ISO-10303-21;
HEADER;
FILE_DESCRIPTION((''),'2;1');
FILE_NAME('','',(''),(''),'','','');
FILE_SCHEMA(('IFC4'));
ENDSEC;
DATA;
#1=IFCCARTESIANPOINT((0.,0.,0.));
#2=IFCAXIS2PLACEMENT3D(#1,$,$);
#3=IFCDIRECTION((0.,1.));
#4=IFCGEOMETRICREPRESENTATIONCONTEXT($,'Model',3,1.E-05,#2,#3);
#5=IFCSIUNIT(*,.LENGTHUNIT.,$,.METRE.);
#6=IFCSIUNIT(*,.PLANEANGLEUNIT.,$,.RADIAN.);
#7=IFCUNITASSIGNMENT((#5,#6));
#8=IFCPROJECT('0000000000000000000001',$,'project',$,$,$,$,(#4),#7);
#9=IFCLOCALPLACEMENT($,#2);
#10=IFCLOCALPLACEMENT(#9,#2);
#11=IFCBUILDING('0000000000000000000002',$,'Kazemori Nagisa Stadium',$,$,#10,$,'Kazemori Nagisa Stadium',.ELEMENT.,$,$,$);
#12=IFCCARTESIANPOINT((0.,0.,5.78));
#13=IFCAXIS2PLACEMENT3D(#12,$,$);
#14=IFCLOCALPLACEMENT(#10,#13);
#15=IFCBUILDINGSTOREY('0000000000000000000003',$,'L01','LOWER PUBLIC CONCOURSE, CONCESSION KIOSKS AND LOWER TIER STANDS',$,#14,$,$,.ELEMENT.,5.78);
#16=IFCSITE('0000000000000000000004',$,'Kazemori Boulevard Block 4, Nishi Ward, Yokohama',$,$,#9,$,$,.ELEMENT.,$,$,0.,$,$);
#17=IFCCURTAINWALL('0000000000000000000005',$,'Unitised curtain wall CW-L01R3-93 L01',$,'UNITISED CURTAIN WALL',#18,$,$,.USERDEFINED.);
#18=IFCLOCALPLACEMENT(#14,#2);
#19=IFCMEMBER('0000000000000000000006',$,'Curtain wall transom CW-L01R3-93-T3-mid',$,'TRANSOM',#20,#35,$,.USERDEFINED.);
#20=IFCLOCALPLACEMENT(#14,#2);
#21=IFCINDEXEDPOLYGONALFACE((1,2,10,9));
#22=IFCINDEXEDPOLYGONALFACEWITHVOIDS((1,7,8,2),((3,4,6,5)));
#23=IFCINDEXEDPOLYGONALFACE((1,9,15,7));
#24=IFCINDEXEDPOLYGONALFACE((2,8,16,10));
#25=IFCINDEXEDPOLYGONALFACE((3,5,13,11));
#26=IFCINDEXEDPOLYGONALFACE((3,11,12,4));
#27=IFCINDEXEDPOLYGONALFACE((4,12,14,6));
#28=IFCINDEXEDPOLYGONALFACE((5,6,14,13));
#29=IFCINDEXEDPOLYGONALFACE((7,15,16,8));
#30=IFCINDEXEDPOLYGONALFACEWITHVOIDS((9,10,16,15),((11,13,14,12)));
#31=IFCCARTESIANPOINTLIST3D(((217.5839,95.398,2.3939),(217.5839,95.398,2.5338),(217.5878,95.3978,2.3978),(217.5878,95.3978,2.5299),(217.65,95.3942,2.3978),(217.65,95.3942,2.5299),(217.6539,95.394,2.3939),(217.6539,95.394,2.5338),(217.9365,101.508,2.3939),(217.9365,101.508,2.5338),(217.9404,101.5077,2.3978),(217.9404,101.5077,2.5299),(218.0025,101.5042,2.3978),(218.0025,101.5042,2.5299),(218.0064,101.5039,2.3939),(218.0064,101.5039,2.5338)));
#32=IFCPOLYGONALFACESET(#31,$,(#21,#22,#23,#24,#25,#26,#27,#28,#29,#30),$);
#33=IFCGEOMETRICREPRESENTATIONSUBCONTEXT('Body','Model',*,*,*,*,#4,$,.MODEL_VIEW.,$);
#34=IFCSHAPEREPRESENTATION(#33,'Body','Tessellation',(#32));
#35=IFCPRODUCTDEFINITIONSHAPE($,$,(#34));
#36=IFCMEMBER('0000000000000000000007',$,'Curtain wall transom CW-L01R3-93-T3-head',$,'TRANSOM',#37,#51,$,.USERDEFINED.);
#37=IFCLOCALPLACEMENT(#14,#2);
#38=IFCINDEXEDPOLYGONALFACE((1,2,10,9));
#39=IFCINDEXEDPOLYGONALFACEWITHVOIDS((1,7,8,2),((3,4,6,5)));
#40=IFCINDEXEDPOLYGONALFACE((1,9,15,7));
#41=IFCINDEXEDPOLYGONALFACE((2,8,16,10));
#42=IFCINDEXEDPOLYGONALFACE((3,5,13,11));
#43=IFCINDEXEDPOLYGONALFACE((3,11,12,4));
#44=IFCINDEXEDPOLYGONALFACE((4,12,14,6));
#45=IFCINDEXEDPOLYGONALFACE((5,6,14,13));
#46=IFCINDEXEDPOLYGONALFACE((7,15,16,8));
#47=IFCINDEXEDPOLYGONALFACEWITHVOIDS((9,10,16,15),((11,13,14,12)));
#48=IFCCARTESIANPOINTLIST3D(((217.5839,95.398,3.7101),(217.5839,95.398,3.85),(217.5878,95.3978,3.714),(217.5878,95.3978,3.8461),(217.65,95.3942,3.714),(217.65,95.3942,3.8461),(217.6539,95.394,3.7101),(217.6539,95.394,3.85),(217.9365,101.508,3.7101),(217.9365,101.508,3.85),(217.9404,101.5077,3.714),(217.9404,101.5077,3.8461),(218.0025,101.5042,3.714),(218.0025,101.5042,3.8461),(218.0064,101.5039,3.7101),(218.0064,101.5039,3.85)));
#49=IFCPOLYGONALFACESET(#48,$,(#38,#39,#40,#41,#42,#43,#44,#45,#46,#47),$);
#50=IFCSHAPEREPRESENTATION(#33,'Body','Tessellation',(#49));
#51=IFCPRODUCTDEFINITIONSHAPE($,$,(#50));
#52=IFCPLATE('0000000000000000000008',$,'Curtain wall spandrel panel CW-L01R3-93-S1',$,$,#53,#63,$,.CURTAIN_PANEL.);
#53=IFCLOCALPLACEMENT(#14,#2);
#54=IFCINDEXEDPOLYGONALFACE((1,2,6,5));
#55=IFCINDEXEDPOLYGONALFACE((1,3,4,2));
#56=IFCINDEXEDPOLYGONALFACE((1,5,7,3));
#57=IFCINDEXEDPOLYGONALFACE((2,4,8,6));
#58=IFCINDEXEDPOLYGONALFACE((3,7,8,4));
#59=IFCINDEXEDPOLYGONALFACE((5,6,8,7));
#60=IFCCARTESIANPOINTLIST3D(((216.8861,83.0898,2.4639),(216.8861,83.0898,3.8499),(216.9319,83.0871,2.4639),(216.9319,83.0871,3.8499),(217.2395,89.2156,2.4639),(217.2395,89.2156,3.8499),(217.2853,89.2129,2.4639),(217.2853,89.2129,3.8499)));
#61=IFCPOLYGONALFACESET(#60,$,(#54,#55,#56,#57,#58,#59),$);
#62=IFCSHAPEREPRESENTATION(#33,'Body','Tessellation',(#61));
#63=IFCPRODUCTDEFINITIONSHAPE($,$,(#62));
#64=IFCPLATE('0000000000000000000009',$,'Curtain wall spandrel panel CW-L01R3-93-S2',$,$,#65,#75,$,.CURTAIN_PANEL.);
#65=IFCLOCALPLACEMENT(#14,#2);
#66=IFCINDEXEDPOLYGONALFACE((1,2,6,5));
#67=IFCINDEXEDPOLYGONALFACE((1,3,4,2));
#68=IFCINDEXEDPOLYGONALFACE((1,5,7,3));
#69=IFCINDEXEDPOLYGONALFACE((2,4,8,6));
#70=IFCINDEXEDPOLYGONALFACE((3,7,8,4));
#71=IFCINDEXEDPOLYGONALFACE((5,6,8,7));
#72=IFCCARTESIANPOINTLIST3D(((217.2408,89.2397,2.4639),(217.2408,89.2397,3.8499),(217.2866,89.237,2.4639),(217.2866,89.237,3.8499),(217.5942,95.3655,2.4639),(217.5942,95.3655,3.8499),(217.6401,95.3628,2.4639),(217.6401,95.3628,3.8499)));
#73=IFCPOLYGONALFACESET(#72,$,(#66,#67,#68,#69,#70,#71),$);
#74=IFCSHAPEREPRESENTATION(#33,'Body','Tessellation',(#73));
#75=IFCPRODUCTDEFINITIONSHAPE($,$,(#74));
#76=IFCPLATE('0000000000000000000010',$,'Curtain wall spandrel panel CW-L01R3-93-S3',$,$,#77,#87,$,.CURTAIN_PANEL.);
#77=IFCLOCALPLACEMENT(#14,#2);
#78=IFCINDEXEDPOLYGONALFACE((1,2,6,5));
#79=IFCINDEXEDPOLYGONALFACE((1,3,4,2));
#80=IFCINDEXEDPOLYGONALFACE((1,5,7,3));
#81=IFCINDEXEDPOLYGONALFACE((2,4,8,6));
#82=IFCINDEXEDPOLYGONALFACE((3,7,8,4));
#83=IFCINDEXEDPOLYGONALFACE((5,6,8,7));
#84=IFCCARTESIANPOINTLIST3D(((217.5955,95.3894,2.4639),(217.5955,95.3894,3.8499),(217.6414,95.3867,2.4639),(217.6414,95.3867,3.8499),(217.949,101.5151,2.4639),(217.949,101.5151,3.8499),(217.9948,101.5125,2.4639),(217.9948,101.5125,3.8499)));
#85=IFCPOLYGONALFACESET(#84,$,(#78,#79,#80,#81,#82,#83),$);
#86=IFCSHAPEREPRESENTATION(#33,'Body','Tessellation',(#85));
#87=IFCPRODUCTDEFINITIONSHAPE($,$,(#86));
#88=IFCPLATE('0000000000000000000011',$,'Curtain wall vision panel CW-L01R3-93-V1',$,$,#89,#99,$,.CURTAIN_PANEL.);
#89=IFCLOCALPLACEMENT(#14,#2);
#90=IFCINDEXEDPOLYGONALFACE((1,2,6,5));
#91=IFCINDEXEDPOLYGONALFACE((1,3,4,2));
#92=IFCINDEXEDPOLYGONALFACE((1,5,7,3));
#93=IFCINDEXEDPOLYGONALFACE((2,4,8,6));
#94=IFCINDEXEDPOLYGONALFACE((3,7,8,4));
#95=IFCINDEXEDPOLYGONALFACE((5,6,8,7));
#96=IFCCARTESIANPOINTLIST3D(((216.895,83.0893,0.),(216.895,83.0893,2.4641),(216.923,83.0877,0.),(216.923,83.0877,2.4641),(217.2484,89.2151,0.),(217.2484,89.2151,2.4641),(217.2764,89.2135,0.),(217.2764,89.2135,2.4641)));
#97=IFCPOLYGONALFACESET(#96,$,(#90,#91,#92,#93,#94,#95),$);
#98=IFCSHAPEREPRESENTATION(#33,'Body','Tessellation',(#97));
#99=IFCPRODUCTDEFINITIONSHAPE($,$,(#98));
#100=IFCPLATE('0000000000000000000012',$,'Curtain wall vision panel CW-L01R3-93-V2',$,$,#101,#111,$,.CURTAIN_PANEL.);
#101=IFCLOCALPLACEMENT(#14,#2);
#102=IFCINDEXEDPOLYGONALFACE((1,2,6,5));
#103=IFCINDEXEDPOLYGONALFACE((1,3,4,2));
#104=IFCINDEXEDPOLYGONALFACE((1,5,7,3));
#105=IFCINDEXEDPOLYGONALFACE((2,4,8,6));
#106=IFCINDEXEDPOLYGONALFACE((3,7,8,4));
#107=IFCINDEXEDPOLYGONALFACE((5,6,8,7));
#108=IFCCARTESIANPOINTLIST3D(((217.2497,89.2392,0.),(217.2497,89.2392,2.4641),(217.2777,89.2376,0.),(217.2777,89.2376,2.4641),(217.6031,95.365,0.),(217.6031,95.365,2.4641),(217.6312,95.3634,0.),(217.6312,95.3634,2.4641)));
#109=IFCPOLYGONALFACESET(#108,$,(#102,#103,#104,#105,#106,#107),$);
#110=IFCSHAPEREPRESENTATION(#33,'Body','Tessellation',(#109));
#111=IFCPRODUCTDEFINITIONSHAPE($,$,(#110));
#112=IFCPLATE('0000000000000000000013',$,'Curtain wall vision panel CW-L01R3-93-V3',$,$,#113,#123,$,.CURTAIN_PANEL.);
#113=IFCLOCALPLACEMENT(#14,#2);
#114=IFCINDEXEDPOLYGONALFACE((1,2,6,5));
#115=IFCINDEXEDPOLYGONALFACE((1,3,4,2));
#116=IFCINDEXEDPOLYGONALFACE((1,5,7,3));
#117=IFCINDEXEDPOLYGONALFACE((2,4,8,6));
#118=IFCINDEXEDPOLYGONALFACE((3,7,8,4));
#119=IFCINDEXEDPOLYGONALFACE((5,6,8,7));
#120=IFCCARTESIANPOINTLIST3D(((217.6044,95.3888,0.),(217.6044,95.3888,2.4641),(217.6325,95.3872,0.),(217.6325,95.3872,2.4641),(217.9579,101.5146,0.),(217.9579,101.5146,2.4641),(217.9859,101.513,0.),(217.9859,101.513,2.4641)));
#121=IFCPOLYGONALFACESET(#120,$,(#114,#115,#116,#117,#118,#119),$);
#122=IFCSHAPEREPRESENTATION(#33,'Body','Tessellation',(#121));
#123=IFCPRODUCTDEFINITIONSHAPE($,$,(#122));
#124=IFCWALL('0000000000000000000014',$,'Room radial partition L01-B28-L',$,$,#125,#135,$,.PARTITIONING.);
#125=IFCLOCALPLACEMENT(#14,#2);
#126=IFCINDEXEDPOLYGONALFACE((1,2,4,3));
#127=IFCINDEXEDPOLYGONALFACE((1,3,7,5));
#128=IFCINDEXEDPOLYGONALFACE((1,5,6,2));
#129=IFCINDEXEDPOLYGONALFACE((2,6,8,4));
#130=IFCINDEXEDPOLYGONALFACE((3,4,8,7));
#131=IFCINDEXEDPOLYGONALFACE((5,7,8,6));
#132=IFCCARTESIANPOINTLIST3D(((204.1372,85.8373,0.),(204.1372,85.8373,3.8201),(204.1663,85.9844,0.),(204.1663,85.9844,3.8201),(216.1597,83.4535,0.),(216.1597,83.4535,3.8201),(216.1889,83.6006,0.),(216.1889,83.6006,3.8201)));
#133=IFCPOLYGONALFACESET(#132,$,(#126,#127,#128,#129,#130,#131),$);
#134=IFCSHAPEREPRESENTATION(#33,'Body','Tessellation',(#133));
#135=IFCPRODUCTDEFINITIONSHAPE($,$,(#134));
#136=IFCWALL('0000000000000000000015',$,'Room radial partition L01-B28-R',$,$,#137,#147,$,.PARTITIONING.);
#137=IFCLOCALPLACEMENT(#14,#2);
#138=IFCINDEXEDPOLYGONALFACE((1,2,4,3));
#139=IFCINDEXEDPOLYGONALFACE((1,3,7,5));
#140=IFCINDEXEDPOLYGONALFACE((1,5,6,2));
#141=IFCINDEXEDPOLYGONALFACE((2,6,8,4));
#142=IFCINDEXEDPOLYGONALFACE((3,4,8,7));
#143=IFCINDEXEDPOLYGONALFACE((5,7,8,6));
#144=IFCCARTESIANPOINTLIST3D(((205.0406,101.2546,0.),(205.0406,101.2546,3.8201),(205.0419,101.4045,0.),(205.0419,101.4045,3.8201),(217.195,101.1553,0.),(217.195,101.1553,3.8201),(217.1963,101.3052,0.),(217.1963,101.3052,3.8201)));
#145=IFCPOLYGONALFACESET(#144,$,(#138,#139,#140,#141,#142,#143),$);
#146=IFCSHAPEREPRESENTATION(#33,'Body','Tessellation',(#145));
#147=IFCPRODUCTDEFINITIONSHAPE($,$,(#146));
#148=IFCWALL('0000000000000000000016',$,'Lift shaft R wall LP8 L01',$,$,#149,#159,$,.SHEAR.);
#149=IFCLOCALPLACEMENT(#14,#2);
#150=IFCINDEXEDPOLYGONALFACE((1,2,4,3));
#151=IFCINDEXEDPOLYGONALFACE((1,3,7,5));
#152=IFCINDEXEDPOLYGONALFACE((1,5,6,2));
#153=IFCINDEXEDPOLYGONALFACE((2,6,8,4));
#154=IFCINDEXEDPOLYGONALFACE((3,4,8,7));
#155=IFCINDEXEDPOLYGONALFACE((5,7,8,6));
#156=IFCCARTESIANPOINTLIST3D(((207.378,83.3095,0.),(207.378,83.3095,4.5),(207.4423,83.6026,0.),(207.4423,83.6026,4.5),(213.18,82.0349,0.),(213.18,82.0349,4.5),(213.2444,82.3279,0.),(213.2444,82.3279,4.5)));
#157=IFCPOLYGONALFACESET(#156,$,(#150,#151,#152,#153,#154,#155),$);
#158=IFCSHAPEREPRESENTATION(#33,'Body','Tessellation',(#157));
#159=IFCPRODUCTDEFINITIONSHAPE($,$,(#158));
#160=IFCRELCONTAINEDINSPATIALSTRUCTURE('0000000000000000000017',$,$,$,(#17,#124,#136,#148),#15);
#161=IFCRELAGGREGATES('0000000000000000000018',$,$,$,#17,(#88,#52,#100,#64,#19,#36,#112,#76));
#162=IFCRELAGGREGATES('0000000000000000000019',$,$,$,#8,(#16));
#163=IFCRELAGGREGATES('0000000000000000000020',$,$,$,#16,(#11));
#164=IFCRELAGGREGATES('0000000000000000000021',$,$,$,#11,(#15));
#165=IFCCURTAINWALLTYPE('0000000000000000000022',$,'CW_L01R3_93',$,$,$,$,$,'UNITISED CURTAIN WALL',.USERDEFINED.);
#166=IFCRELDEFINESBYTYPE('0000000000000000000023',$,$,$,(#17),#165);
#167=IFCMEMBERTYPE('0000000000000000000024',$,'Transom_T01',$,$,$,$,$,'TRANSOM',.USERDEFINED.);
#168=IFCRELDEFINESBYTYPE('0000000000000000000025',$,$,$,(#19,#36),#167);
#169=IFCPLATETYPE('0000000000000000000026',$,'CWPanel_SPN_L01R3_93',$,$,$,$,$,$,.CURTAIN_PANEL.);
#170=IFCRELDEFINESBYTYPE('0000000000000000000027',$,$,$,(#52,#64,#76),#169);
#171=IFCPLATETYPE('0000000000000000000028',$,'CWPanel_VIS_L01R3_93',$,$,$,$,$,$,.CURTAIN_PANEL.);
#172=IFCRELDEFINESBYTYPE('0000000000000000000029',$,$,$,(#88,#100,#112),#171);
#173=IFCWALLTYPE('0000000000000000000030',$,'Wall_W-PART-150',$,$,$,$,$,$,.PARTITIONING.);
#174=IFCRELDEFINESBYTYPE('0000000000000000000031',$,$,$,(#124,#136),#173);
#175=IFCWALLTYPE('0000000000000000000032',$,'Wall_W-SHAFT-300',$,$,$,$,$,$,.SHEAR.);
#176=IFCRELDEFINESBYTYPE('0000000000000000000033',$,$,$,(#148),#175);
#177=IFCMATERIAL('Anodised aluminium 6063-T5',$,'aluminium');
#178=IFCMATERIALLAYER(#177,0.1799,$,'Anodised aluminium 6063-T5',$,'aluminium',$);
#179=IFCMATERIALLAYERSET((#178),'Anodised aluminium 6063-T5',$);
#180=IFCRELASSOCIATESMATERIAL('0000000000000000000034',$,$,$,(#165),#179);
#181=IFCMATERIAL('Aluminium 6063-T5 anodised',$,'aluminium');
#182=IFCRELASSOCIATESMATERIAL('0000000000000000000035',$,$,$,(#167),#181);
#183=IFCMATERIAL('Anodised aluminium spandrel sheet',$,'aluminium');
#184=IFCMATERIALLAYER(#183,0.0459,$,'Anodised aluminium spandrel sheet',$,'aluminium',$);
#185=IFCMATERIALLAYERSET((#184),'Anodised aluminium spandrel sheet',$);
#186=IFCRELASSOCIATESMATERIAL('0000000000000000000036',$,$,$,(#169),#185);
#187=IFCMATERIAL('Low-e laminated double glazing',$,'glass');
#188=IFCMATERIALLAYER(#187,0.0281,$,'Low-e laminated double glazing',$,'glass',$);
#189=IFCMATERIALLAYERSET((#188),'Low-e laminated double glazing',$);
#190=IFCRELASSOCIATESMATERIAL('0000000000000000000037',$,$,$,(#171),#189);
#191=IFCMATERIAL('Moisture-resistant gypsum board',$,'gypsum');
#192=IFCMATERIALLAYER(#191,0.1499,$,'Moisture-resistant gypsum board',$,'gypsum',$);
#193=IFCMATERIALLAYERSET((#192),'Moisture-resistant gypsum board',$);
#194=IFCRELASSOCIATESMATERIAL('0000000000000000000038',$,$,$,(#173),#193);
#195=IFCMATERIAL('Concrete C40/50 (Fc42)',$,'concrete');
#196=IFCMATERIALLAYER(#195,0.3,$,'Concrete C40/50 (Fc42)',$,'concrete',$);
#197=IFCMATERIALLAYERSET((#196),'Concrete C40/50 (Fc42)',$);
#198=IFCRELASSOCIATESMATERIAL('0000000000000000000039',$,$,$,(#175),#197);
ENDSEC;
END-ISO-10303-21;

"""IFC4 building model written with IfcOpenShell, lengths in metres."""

from ifc_helpers import new_model, si_unit, direction, frame, frame_2d, origin, origin_2d, place, context, subcontext, project, spatial, rectangle, hollow_rectangle, extrude, material, layer, layer_set, material_profile, profile_set, type_object, element, aggregate, save


model = new_model("IFC4")

# Units and contexts
model_context = context("Model", 3, precision=1e-05, world=origin(), true_north=direction((0.0, 1.0)))
body_context = subcontext(model_context, "Body", "Model", "MODEL_VIEW")
ifc_project = project(units=[si_unit("LENGTHUNIT", "METRE"), si_unit("PLANEANGLEUNIT", "RADIAN")], contexts=[model_context])

# Site, building, storey
site_placement = place(None, origin())
site = spatial("IfcSite", under=ifc_project, at=site_placement, Name="Kazemori Boulevard Block 4, Nishi Ward, Yokohama", CompositionType="ELEMENT", RefElevation=0.0)
building_placement = place(site_placement, origin())
building = spatial("IfcBuilding", under=site, at=building_placement, Name="Kazemori Nagisa Stadium", LongName="Kazemori Nagisa Stadium", CompositionType="ELEMENT")
storey_placement = place(building_placement, frame((0.0, 0.0, 5.78)))
storey = spatial("IfcBuildingStorey", under=building, at=storey_placement, Name="L01", Description="LOWER PUBLIC CONCOURSE, CONCESSION KIOSKS AND LOWER TIER STANDS", CompositionType="ELEMENT", Elevation=5.78)

# Shared definitions
ifc_material_1 = material(Name="Concrete C40/50 (Fc42)", Category="concrete")

# Curtain wall, members, plates
ifc_material_2 = material(Name="Anodised aluminium 6063-T5", Category="aluminium")
ifc_layer_1 = layer(ifc_material_2, 0.1799, Name="Anodised aluminium 6063-T5", Category="aluminium")
ifc_layer_set_1 = layer_set([ifc_layer_1], Name="Anodised aluminium 6063-T5")
curtain_wall_type = type_object("IfcCurtainWallType", Name="CW_L01R3_93", ElementType="UNITISED CURTAIN WALL", PredefinedType="USERDEFINED", material=ifc_layer_set_1)
curtain_wall_placement = place(storey_placement, origin())
curtain_wall = element("IfcCurtainWall", 1, at=curtain_wall_placement, inside=storey, type_object=curtain_wall_type, Name="Unitised curtain wall CW-L01R3-93 L01", ObjectType="UNITISED CURTAIN WALL", PredefinedType="USERDEFINED")
ifc_material_3 = material(Name="Aluminium 6063-T5 anodised", Category="aluminium")
ifc_material_profile_1 = material_profile(ifc_material_3, hollow_rectangle(XDim=0.0701, YDim=0.1399, WallThickness=0.0039, at=origin_2d()), Name="ALU-TRAN-70x140x4")
ifc_profile_set_1 = profile_set([ifc_material_profile_1], Name="Aluminium 6063-T5 anodised")
member_type_1 = type_object("IfcMemberType", Name="Transom_T01", ElementType="TRANSOM", PredefinedType="USERDEFINED", material=ifc_profile_set_1)
member_1_placement = place(storey_placement, frame((217.6189, 95.396, 2.4639), z_axis=(0.057604, 0.99834, 0.0), x_axis=(-0.99834, 0.057604, 0.0)))
member_1 = element("IfcMember", 2, at=member_1_placement, type_object=member_type_1, Name="Curtain wall transom CW-L01R3-93-T3-mid", ObjectType="TRANSOM", PredefinedType="USERDEFINED", context=body_context, shape_type="SweptSolid", body=[
    extrude(hollow_rectangle(XDim=0.0701, YDim=0.1399, WallThickness=0.0039, at=origin_2d()), origin(), (0.0, 0.0, 1.0), 6.1201),
])
member_2_placement = place(storey_placement, frame((217.6189, 95.396, 3.78), z_axis=(0.057604, 0.99834, 0.0), x_axis=(-0.99834, 0.057604, 0.0)))
member_2 = element("IfcMember", 3, at=member_2_placement, type_object=member_type_1, Name="Curtain wall transom CW-L01R3-93-T3-head", ObjectType="TRANSOM", PredefinedType="USERDEFINED", context=body_context, shape_type="SweptSolid", body=[
    extrude(hollow_rectangle(XDim=0.0701, YDim=0.1399, WallThickness=0.0039, at=origin_2d()), origin(), (0.0, 0.0, 1.0), 6.1201),
])
ifc_material_4 = material(Name="Anodised aluminium spandrel sheet", Category="aluminium")
ifc_layer_2 = layer(ifc_material_4, 0.0459, Name="Anodised aluminium spandrel sheet", Category="aluminium")
ifc_layer_set_2 = layer_set([ifc_layer_2], Name="Anodised aluminium spandrel sheet")
plate_type_1 = type_object("IfcPlateType", Name="CWPanel_SPN_L01R3_93", PredefinedType="CURTAIN_PANEL", material=ifc_layer_set_2)
plate_1_placement = place(storey_placement, frame((217.0857, 86.1514, 2.4639), z_axis=(0.0, 0.0, 1.0), x_axis=(0.057602, 0.99834, 0.0)))
plate_1 = element("IfcPlate", 4, at=plate_1_placement, type_object=plate_type_1, Name="Curtain wall spandrel panel CW-L01R3-93-S1", PredefinedType="CURTAIN_PANEL", context=body_context, shape_type="SweptSolid", body=[
    extrude(rectangle(XDim=6.136, YDim=0.0459, at=origin_2d()), origin(), (0.0, 0.0, 1.0), 1.386),
])
plate_2_placement = place(storey_placement, frame((217.4404, 92.3013, 2.4639), z_axis=(0.0, 0.0, 1.0), x_axis=(0.057602, 0.99834, 0.0)))
plate_2 = element("IfcPlate", 5, at=plate_2_placement, type_object=plate_type_1, Name="Curtain wall spandrel panel CW-L01R3-93-S2", PredefinedType="CURTAIN_PANEL", context=body_context, shape_type="SweptSolid", body=[
    extrude(rectangle(XDim=6.136, YDim=0.0459, at=origin_2d()), origin(), (0.0, 0.0, 1.0), 1.386),
])
plate_3_placement = place(storey_placement, frame((217.7952, 98.4509, 2.4639), z_axis=(0.0, 0.0, 1.0), x_axis=(0.057602, 0.99834, 0.0)))
plate_3 = element("IfcPlate", 6, at=plate_3_placement, type_object=plate_type_1, Name="Curtain wall spandrel panel CW-L01R3-93-S3", PredefinedType="CURTAIN_PANEL", context=body_context, shape_type="SweptSolid", body=[
    extrude(rectangle(XDim=6.136, YDim=0.0459, at=origin_2d()), origin(), (0.0, 0.0, 1.0), 1.386),
])
ifc_material_5 = material(Name="Low-e laminated double glazing", Category="glass")
ifc_layer_3 = layer(ifc_material_5, 0.0281, Name="Low-e laminated double glazing", Category="glass")
ifc_layer_set_3 = layer_set([ifc_layer_3], Name="Low-e laminated double glazing")
plate_type_2 = type_object("IfcPlateType", Name="CWPanel_VIS_L01R3_93", PredefinedType="CURTAIN_PANEL", material=ifc_layer_set_3)
plate_4_placement = place(storey_placement, frame((217.0857, 86.1514, 0.0), z_axis=(0.0, 0.0, 1.0), x_axis=(0.057602, 0.99834, 0.0)))
plate_4 = element("IfcPlate", 7, at=plate_4_placement, type_object=plate_type_2, Name="Curtain wall vision panel CW-L01R3-93-V1", PredefinedType="CURTAIN_PANEL", context=body_context, shape_type="SweptSolid", body=[
    extrude(rectangle(XDim=6.136, YDim=0.0281, at=origin_2d()), origin(), (0.0, 0.0, 1.0), 2.4641),
])
plate_5_placement = place(storey_placement, frame((217.4404, 92.3013, 0.0), z_axis=(0.0, 0.0, 1.0), x_axis=(0.057602, 0.99834, 0.0)))
plate_5 = element("IfcPlate", 8, at=plate_5_placement, type_object=plate_type_2, Name="Curtain wall vision panel CW-L01R3-93-V2", PredefinedType="CURTAIN_PANEL", context=body_context, shape_type="SweptSolid", body=[
    extrude(rectangle(XDim=6.136, YDim=0.0281, at=origin_2d()), origin(), (0.0, 0.0, 1.0), 2.4641),
])
plate_6_placement = place(storey_placement, frame((217.7952, 98.4509, 0.0), z_axis=(0.0, 0.0, 1.0), x_axis=(0.057602, 0.99834, 0.0)))
plate_6 = element("IfcPlate", 9, at=plate_6_placement, type_object=plate_type_2, Name="Curtain wall vision panel CW-L01R3-93-V3", PredefinedType="CURTAIN_PANEL", context=body_context, shape_type="SweptSolid", body=[
    extrude(rectangle(XDim=6.136, YDim=0.0281, at=origin_2d()), origin(), (0.0, 0.0, 1.0), 2.4641),
])
aggregate(curtain_wall, [plate_4, plate_1, plate_5, plate_2, member_1, member_2, plate_6, plate_3])

# Walls
ifc_material_6 = material(Name="Moisture-resistant gypsum board", Category="gypsum")
ifc_layer_4 = layer(ifc_material_6, 0.1499, Name="Moisture-resistant gypsum board", Category="gypsum")
ifc_layer_set_4 = layer_set([ifc_layer_4], Name="Moisture-resistant gypsum board")
wall_type_1 = type_object("IfcWallType", Name="Wall_W-PART-150", PredefinedType="PARTITIONING", material=ifc_layer_set_4)
wall_1_placement = place(storey_placement, frame((204.1516, 85.9109, 0.0), z_axis=(0.0, 0.0, 1.0), x_axis=(0.980904, -0.194492, 0.0)))
element("IfcWall", 10, at=wall_1_placement, inside=storey, type_object=wall_type_1, Name="Room radial partition L01-B28-L", PredefinedType="PARTITIONING", context=body_context, shape_type="SweptSolid", body=[
    extrude(rectangle(XDim=12.2566, YDim=0.1499, at=frame_2d((6.1284, 0.0))), origin(), (0.0, 0.0, 1.0), 3.8201),
])
wall_2_placement = place(storey_placement, frame((205.0413, 101.3296, 0.0), z_axis=(0.0, 0.0, 1.0), x_axis=(0.999967, -0.008175, 0.0)))
element("IfcWall", 11, at=wall_2_placement, inside=storey, type_object=wall_type_1, Name="Room radial partition L01-B28-R", PredefinedType="PARTITIONING", context=body_context, shape_type="SweptSolid", body=[
    extrude(rectangle(XDim=12.1548, YDim=0.1499, at=frame_2d((6.0774, 0.0))), origin(), (0.0, 0.0, 1.0), 3.8201),
])
ifc_layer_5 = layer(ifc_material_1, 0.3, Name="Concrete C40/50 (Fc42)", Category="concrete")
ifc_layer_set_5 = layer_set([ifc_layer_5], Name="Concrete C40/50 (Fc42)")
wall_type_2 = type_object("IfcWallType", Name="Wall_W-SHAFT-300", PredefinedType="SHEAR", material=ifc_layer_set_5)
wall_3_placement = place(storey_placement, frame((207.4102, 83.4561, 0.0), z_axis=(0.0, 0.0, 1.0), x_axis=(0.976707, -0.214576, 0.0)))
element("IfcWall", 12, at=wall_3_placement, inside=storey, type_object=wall_type_2, Name="Lift shaft R wall LP8 L01", PredefinedType="SHEAR", context=body_context, shape_type="SweptSolid", body=[
    extrude(rectangle(XDim=5.9404, YDim=0.3, at=frame_2d((2.9702, 0.0))), origin(), (0.0, 0.0, 1.0), 4.5),
])

save(model, "model.ifc")
